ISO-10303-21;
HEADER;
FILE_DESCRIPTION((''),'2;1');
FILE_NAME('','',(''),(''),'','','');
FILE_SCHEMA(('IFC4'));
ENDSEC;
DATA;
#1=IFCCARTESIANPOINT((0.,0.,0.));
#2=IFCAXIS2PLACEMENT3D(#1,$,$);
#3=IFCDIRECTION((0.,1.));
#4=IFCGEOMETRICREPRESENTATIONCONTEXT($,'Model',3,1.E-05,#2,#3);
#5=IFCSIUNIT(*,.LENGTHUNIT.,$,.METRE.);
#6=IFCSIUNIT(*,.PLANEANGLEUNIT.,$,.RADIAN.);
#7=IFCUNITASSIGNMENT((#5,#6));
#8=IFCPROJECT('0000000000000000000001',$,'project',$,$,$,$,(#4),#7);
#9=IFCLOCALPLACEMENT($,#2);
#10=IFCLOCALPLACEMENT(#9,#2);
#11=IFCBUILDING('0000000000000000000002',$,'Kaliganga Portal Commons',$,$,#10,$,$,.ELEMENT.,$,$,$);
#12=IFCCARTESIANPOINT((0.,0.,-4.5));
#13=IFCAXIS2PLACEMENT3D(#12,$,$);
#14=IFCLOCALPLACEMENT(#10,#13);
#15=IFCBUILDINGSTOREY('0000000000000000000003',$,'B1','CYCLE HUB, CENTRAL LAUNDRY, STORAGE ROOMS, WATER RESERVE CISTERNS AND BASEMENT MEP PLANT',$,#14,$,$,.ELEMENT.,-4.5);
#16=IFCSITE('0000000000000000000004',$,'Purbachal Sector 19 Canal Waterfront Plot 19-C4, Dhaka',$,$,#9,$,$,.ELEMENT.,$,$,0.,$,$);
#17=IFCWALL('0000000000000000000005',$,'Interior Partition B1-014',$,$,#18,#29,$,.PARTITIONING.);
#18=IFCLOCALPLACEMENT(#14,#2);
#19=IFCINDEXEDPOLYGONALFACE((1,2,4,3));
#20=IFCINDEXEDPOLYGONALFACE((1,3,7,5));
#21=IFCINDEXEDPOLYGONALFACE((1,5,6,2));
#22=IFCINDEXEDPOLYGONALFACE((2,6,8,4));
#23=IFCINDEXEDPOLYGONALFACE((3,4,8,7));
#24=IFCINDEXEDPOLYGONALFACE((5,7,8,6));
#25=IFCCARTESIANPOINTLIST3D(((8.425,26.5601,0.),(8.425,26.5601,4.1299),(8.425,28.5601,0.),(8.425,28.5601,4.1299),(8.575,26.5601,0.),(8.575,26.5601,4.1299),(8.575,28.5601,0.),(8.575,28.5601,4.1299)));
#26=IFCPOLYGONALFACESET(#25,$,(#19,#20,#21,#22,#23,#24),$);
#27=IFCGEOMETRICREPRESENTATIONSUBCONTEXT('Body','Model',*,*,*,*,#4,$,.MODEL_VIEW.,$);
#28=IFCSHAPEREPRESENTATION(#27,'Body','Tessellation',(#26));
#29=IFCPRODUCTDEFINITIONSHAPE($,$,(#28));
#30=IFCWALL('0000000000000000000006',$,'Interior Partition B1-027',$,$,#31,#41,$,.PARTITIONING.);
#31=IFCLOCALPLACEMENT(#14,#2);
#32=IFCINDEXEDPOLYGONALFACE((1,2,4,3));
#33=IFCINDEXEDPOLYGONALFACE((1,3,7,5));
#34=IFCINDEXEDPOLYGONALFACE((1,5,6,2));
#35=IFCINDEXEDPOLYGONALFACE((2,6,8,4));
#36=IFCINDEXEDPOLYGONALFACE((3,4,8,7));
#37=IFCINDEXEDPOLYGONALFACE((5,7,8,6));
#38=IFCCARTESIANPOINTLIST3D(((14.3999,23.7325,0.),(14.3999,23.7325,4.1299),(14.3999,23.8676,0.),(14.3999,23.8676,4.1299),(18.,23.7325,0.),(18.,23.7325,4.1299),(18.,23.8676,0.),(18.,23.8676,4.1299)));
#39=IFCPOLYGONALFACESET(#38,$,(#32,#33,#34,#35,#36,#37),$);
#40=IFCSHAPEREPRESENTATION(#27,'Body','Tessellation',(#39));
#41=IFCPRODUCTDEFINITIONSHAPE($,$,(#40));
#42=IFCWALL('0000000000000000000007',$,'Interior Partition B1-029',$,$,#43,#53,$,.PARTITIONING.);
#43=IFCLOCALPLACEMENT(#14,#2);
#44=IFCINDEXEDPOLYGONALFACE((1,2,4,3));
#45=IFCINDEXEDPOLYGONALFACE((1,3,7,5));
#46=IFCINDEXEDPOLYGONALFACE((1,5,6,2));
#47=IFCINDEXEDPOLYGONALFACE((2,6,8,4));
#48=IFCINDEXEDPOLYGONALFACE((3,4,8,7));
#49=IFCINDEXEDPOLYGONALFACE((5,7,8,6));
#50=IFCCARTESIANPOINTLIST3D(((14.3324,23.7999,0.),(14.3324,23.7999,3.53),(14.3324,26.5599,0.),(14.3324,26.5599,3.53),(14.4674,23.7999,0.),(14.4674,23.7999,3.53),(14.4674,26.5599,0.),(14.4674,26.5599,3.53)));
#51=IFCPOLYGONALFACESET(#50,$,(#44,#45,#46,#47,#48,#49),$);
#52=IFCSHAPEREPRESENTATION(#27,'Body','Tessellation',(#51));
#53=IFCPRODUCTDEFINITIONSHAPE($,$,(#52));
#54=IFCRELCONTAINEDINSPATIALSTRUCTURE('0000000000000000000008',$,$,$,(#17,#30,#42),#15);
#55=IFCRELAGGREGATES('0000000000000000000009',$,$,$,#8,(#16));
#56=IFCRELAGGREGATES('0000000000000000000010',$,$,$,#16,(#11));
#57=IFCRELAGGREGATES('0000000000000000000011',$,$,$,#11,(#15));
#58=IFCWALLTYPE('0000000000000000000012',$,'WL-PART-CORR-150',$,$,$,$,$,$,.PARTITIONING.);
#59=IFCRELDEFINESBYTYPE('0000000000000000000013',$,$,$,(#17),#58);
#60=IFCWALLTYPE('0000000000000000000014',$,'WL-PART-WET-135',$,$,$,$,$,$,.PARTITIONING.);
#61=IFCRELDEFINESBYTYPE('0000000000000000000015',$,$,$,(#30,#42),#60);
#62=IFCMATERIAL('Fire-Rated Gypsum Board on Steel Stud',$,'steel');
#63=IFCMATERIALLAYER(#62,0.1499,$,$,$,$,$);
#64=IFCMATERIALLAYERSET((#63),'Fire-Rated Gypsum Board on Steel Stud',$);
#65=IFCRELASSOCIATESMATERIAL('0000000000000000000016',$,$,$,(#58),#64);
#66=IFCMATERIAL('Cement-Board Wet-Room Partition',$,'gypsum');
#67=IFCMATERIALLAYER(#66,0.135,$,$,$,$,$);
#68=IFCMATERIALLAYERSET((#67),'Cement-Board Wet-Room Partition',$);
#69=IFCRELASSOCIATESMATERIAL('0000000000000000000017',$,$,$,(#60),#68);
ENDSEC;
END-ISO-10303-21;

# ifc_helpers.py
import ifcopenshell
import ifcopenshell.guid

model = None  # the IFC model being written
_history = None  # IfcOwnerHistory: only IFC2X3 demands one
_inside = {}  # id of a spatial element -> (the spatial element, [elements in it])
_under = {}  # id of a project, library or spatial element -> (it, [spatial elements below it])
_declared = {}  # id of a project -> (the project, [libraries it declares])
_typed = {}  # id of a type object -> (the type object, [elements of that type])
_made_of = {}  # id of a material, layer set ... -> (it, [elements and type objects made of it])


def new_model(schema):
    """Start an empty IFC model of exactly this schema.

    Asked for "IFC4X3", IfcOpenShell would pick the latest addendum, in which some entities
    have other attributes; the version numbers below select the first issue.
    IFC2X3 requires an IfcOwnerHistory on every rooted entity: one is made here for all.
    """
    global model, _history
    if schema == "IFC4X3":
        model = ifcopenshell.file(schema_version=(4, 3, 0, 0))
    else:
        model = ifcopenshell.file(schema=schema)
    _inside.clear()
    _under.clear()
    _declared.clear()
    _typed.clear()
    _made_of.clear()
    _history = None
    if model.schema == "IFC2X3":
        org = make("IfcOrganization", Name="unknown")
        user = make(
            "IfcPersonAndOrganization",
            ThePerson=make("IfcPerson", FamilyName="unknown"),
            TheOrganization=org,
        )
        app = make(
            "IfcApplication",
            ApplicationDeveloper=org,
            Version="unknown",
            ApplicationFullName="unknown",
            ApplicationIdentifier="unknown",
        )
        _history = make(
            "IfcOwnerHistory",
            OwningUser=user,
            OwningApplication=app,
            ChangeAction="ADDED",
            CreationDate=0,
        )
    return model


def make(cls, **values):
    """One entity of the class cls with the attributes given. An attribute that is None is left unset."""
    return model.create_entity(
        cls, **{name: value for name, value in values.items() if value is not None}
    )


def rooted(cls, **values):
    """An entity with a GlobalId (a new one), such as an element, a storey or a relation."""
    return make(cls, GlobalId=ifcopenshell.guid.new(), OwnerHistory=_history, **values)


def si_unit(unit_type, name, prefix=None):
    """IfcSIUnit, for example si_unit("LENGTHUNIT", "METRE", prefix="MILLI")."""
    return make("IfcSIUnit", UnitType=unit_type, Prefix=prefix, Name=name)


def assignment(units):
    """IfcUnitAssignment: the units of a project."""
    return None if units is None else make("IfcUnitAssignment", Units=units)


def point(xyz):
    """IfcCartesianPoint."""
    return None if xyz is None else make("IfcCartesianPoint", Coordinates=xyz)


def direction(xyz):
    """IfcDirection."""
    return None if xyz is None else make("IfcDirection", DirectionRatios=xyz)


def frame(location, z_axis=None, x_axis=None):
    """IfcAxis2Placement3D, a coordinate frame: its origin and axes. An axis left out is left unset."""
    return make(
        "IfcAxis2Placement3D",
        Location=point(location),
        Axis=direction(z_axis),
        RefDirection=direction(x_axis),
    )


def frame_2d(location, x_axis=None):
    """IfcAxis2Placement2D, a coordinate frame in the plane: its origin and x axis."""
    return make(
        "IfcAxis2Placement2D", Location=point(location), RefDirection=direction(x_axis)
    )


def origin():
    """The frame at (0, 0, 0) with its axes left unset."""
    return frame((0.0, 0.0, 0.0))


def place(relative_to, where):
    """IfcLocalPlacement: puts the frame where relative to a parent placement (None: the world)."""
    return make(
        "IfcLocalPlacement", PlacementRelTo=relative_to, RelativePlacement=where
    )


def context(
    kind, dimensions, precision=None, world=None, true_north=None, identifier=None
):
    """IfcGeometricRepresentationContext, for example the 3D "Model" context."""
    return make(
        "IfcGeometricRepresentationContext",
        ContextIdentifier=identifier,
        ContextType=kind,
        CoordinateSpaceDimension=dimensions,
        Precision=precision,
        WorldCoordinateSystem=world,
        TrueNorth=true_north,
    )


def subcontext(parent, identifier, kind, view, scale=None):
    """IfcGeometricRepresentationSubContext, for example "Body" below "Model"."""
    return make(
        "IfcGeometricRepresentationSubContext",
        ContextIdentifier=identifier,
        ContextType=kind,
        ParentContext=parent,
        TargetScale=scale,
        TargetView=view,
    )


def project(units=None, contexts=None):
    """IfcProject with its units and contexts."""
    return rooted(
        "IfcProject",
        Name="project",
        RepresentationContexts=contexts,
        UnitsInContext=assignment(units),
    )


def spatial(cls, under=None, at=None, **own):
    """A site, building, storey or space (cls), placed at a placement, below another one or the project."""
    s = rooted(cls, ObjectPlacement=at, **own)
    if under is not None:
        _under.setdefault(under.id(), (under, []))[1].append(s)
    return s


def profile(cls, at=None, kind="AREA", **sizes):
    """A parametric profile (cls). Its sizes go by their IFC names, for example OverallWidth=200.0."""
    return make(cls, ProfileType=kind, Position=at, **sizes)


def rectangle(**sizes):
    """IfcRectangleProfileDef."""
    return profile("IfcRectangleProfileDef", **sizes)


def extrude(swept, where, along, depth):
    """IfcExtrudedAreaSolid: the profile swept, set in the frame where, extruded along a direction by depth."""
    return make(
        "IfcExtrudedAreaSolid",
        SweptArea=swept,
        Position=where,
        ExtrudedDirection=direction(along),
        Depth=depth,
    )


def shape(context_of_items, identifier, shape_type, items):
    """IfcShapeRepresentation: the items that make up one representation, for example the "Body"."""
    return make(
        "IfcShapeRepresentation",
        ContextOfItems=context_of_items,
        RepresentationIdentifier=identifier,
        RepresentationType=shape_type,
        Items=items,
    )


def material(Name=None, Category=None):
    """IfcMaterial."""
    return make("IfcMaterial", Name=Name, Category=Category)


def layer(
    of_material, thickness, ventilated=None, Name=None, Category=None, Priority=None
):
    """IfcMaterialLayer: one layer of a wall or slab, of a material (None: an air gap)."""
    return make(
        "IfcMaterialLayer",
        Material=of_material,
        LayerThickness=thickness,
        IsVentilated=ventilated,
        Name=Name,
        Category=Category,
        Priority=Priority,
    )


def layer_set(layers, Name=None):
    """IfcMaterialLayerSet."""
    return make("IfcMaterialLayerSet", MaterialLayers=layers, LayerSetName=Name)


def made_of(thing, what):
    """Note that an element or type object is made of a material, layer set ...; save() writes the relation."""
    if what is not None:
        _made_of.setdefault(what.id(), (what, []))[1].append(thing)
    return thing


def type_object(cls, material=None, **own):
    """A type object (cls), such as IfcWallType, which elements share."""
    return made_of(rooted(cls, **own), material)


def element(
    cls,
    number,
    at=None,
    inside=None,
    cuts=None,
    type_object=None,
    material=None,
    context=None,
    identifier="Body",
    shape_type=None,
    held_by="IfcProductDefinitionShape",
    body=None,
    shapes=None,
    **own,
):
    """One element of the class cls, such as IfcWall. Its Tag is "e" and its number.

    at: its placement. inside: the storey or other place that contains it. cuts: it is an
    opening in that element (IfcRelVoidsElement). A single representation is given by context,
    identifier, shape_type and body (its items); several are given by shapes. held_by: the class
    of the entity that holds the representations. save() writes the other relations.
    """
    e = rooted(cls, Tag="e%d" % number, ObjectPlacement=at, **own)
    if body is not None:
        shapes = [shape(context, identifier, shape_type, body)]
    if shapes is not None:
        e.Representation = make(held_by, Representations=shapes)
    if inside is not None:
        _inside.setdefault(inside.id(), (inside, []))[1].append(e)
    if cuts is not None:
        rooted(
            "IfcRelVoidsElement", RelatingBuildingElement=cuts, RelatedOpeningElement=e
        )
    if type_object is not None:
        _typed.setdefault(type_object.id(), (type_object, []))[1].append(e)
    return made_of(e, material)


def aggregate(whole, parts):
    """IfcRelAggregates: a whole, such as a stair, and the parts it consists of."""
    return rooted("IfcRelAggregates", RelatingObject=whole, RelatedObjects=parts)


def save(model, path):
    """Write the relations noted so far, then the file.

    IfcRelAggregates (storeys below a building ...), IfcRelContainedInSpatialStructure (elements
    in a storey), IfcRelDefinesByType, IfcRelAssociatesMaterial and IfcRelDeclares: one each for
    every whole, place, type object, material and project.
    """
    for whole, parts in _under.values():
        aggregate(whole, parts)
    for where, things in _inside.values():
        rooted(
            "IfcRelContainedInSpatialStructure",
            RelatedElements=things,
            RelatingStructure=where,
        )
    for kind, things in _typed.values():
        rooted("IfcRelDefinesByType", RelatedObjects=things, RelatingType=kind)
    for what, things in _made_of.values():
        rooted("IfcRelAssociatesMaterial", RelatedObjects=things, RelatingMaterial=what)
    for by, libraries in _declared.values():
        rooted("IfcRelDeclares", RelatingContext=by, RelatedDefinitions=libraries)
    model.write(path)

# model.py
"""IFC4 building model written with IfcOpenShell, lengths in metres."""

from ifc_helpers import new_model, si_unit, direction, frame, frame_2d, origin, place, context, subcontext, project, spatial, rectangle, extrude, material, layer, layer_set, type_object, element, save


model = new_model("IFC4")

# Units and contexts
model_context = context("Model", 3, precision=1e-05, world=origin(), true_north=direction((0.0, 1.0)))
body_context = subcontext(model_context, "Body", "Model", "MODEL_VIEW")
ifc_project = project(units=[si_unit("LENGTHUNIT", "METRE"), si_unit("PLANEANGLEUNIT", "RADIAN")], contexts=[model_context])

# Site, building, storey
site_placement = place(None, origin())
site = spatial("IfcSite", under=ifc_project, at=site_placement, Name="Purbachal Sector 19 Canal Waterfront Plot 19-C4, Dhaka", CompositionType="ELEMENT", RefElevation=0.0)
building_placement = place(site_placement, origin())
building = spatial("IfcBuilding", under=site, at=building_placement, Name="Kaliganga Portal Commons", CompositionType="ELEMENT")
storey_placement = place(building_placement, frame((0.0, 0.0, -4.5)))
storey = spatial("IfcBuildingStorey", under=building, at=storey_placement, Name="B1", Description="CYCLE HUB, CENTRAL LAUNDRY, STORAGE ROOMS, WATER RESERVE CISTERNS AND BASEMENT MEP PLANT", CompositionType="ELEMENT", Elevation=-4.5)

# Shared definitions
ifc_material_1 = material(Name="Fire-Rated Gypsum Board on Steel Stud", Category="steel")
ifc_layer_1 = layer(ifc_material_1, 0.1499)
ifc_layer_set_1 = layer_set([ifc_layer_1], Name="Fire-Rated Gypsum Board on Steel Stud")
wall_type_1 = type_object("IfcWallType", Name="WL-PART-CORR-150", PredefinedType="PARTITIONING", material=ifc_layer_set_1)

# Walls
wall_1_placement = place(storey_placement, frame((8.5, 26.5601, 0.0), z_axis=(0.0, 0.0, 1.0), x_axis=(0.0, 1.0, 0.0)))
element("IfcWall", 1, at=wall_1_placement, inside=storey, type_object=wall_type_1, Name="Interior Partition B1-014", PredefinedType="PARTITIONING", context=body_context, shape_type="SweptSolid", body=[
    extrude(rectangle(XDim=2.0, YDim=0.1499, at=frame_2d((1.0, 0.0))), origin(), (0.0, 0.0, 1.0), 4.1299),
])
ifc_material_2 = material(Name="Cement-Board Wet-Room Partition", Category="gypsum")
ifc_layer_2 = layer(ifc_material_2, 0.135)
ifc_layer_set_2 = layer_set([ifc_layer_2], Name="Cement-Board Wet-Room Partition")
wall_type_2 = type_object("IfcWallType", Name="WL-PART-WET-135", PredefinedType="PARTITIONING", material=ifc_layer_set_2)
wall_2_placement = place(storey_placement, frame((14.3999, 23.8, 0.0), z_axis=(0.0, 0.0, 1.0), x_axis=(1.0, 0.0, 0.0)))
element("IfcWall", 2, at=wall_2_placement, inside=storey, type_object=wall_type_2, Name="Interior Partition B1-027", PredefinedType="PARTITIONING", context=body_context, shape_type="SweptSolid", body=[
    extrude(rectangle(XDim=3.6001, YDim=0.135, at=frame_2d((1.8, 0.0))), origin(), (0.0, 0.0, 1.0), 4.1299),
])
wall_3_placement = place(storey_placement, frame((14.3999, 23.8, 0.0), z_axis=(0.0, 0.0, 1.0), x_axis=(0.0, 1.0, 0.0)))
element("IfcWall", 3, at=wall_3_placement, inside=storey, type_object=wall_type_2, Name="Interior Partition B1-029", PredefinedType="PARTITIONING", context=body_context, shape_type="SweptSolid", body=[
    extrude(rectangle(XDim=2.76, YDim=0.135, at=frame_2d((1.3799, 0.0))), origin(), (0.0, 0.0, 1.0), 3.53),
])

save(model, "model.ifc")
